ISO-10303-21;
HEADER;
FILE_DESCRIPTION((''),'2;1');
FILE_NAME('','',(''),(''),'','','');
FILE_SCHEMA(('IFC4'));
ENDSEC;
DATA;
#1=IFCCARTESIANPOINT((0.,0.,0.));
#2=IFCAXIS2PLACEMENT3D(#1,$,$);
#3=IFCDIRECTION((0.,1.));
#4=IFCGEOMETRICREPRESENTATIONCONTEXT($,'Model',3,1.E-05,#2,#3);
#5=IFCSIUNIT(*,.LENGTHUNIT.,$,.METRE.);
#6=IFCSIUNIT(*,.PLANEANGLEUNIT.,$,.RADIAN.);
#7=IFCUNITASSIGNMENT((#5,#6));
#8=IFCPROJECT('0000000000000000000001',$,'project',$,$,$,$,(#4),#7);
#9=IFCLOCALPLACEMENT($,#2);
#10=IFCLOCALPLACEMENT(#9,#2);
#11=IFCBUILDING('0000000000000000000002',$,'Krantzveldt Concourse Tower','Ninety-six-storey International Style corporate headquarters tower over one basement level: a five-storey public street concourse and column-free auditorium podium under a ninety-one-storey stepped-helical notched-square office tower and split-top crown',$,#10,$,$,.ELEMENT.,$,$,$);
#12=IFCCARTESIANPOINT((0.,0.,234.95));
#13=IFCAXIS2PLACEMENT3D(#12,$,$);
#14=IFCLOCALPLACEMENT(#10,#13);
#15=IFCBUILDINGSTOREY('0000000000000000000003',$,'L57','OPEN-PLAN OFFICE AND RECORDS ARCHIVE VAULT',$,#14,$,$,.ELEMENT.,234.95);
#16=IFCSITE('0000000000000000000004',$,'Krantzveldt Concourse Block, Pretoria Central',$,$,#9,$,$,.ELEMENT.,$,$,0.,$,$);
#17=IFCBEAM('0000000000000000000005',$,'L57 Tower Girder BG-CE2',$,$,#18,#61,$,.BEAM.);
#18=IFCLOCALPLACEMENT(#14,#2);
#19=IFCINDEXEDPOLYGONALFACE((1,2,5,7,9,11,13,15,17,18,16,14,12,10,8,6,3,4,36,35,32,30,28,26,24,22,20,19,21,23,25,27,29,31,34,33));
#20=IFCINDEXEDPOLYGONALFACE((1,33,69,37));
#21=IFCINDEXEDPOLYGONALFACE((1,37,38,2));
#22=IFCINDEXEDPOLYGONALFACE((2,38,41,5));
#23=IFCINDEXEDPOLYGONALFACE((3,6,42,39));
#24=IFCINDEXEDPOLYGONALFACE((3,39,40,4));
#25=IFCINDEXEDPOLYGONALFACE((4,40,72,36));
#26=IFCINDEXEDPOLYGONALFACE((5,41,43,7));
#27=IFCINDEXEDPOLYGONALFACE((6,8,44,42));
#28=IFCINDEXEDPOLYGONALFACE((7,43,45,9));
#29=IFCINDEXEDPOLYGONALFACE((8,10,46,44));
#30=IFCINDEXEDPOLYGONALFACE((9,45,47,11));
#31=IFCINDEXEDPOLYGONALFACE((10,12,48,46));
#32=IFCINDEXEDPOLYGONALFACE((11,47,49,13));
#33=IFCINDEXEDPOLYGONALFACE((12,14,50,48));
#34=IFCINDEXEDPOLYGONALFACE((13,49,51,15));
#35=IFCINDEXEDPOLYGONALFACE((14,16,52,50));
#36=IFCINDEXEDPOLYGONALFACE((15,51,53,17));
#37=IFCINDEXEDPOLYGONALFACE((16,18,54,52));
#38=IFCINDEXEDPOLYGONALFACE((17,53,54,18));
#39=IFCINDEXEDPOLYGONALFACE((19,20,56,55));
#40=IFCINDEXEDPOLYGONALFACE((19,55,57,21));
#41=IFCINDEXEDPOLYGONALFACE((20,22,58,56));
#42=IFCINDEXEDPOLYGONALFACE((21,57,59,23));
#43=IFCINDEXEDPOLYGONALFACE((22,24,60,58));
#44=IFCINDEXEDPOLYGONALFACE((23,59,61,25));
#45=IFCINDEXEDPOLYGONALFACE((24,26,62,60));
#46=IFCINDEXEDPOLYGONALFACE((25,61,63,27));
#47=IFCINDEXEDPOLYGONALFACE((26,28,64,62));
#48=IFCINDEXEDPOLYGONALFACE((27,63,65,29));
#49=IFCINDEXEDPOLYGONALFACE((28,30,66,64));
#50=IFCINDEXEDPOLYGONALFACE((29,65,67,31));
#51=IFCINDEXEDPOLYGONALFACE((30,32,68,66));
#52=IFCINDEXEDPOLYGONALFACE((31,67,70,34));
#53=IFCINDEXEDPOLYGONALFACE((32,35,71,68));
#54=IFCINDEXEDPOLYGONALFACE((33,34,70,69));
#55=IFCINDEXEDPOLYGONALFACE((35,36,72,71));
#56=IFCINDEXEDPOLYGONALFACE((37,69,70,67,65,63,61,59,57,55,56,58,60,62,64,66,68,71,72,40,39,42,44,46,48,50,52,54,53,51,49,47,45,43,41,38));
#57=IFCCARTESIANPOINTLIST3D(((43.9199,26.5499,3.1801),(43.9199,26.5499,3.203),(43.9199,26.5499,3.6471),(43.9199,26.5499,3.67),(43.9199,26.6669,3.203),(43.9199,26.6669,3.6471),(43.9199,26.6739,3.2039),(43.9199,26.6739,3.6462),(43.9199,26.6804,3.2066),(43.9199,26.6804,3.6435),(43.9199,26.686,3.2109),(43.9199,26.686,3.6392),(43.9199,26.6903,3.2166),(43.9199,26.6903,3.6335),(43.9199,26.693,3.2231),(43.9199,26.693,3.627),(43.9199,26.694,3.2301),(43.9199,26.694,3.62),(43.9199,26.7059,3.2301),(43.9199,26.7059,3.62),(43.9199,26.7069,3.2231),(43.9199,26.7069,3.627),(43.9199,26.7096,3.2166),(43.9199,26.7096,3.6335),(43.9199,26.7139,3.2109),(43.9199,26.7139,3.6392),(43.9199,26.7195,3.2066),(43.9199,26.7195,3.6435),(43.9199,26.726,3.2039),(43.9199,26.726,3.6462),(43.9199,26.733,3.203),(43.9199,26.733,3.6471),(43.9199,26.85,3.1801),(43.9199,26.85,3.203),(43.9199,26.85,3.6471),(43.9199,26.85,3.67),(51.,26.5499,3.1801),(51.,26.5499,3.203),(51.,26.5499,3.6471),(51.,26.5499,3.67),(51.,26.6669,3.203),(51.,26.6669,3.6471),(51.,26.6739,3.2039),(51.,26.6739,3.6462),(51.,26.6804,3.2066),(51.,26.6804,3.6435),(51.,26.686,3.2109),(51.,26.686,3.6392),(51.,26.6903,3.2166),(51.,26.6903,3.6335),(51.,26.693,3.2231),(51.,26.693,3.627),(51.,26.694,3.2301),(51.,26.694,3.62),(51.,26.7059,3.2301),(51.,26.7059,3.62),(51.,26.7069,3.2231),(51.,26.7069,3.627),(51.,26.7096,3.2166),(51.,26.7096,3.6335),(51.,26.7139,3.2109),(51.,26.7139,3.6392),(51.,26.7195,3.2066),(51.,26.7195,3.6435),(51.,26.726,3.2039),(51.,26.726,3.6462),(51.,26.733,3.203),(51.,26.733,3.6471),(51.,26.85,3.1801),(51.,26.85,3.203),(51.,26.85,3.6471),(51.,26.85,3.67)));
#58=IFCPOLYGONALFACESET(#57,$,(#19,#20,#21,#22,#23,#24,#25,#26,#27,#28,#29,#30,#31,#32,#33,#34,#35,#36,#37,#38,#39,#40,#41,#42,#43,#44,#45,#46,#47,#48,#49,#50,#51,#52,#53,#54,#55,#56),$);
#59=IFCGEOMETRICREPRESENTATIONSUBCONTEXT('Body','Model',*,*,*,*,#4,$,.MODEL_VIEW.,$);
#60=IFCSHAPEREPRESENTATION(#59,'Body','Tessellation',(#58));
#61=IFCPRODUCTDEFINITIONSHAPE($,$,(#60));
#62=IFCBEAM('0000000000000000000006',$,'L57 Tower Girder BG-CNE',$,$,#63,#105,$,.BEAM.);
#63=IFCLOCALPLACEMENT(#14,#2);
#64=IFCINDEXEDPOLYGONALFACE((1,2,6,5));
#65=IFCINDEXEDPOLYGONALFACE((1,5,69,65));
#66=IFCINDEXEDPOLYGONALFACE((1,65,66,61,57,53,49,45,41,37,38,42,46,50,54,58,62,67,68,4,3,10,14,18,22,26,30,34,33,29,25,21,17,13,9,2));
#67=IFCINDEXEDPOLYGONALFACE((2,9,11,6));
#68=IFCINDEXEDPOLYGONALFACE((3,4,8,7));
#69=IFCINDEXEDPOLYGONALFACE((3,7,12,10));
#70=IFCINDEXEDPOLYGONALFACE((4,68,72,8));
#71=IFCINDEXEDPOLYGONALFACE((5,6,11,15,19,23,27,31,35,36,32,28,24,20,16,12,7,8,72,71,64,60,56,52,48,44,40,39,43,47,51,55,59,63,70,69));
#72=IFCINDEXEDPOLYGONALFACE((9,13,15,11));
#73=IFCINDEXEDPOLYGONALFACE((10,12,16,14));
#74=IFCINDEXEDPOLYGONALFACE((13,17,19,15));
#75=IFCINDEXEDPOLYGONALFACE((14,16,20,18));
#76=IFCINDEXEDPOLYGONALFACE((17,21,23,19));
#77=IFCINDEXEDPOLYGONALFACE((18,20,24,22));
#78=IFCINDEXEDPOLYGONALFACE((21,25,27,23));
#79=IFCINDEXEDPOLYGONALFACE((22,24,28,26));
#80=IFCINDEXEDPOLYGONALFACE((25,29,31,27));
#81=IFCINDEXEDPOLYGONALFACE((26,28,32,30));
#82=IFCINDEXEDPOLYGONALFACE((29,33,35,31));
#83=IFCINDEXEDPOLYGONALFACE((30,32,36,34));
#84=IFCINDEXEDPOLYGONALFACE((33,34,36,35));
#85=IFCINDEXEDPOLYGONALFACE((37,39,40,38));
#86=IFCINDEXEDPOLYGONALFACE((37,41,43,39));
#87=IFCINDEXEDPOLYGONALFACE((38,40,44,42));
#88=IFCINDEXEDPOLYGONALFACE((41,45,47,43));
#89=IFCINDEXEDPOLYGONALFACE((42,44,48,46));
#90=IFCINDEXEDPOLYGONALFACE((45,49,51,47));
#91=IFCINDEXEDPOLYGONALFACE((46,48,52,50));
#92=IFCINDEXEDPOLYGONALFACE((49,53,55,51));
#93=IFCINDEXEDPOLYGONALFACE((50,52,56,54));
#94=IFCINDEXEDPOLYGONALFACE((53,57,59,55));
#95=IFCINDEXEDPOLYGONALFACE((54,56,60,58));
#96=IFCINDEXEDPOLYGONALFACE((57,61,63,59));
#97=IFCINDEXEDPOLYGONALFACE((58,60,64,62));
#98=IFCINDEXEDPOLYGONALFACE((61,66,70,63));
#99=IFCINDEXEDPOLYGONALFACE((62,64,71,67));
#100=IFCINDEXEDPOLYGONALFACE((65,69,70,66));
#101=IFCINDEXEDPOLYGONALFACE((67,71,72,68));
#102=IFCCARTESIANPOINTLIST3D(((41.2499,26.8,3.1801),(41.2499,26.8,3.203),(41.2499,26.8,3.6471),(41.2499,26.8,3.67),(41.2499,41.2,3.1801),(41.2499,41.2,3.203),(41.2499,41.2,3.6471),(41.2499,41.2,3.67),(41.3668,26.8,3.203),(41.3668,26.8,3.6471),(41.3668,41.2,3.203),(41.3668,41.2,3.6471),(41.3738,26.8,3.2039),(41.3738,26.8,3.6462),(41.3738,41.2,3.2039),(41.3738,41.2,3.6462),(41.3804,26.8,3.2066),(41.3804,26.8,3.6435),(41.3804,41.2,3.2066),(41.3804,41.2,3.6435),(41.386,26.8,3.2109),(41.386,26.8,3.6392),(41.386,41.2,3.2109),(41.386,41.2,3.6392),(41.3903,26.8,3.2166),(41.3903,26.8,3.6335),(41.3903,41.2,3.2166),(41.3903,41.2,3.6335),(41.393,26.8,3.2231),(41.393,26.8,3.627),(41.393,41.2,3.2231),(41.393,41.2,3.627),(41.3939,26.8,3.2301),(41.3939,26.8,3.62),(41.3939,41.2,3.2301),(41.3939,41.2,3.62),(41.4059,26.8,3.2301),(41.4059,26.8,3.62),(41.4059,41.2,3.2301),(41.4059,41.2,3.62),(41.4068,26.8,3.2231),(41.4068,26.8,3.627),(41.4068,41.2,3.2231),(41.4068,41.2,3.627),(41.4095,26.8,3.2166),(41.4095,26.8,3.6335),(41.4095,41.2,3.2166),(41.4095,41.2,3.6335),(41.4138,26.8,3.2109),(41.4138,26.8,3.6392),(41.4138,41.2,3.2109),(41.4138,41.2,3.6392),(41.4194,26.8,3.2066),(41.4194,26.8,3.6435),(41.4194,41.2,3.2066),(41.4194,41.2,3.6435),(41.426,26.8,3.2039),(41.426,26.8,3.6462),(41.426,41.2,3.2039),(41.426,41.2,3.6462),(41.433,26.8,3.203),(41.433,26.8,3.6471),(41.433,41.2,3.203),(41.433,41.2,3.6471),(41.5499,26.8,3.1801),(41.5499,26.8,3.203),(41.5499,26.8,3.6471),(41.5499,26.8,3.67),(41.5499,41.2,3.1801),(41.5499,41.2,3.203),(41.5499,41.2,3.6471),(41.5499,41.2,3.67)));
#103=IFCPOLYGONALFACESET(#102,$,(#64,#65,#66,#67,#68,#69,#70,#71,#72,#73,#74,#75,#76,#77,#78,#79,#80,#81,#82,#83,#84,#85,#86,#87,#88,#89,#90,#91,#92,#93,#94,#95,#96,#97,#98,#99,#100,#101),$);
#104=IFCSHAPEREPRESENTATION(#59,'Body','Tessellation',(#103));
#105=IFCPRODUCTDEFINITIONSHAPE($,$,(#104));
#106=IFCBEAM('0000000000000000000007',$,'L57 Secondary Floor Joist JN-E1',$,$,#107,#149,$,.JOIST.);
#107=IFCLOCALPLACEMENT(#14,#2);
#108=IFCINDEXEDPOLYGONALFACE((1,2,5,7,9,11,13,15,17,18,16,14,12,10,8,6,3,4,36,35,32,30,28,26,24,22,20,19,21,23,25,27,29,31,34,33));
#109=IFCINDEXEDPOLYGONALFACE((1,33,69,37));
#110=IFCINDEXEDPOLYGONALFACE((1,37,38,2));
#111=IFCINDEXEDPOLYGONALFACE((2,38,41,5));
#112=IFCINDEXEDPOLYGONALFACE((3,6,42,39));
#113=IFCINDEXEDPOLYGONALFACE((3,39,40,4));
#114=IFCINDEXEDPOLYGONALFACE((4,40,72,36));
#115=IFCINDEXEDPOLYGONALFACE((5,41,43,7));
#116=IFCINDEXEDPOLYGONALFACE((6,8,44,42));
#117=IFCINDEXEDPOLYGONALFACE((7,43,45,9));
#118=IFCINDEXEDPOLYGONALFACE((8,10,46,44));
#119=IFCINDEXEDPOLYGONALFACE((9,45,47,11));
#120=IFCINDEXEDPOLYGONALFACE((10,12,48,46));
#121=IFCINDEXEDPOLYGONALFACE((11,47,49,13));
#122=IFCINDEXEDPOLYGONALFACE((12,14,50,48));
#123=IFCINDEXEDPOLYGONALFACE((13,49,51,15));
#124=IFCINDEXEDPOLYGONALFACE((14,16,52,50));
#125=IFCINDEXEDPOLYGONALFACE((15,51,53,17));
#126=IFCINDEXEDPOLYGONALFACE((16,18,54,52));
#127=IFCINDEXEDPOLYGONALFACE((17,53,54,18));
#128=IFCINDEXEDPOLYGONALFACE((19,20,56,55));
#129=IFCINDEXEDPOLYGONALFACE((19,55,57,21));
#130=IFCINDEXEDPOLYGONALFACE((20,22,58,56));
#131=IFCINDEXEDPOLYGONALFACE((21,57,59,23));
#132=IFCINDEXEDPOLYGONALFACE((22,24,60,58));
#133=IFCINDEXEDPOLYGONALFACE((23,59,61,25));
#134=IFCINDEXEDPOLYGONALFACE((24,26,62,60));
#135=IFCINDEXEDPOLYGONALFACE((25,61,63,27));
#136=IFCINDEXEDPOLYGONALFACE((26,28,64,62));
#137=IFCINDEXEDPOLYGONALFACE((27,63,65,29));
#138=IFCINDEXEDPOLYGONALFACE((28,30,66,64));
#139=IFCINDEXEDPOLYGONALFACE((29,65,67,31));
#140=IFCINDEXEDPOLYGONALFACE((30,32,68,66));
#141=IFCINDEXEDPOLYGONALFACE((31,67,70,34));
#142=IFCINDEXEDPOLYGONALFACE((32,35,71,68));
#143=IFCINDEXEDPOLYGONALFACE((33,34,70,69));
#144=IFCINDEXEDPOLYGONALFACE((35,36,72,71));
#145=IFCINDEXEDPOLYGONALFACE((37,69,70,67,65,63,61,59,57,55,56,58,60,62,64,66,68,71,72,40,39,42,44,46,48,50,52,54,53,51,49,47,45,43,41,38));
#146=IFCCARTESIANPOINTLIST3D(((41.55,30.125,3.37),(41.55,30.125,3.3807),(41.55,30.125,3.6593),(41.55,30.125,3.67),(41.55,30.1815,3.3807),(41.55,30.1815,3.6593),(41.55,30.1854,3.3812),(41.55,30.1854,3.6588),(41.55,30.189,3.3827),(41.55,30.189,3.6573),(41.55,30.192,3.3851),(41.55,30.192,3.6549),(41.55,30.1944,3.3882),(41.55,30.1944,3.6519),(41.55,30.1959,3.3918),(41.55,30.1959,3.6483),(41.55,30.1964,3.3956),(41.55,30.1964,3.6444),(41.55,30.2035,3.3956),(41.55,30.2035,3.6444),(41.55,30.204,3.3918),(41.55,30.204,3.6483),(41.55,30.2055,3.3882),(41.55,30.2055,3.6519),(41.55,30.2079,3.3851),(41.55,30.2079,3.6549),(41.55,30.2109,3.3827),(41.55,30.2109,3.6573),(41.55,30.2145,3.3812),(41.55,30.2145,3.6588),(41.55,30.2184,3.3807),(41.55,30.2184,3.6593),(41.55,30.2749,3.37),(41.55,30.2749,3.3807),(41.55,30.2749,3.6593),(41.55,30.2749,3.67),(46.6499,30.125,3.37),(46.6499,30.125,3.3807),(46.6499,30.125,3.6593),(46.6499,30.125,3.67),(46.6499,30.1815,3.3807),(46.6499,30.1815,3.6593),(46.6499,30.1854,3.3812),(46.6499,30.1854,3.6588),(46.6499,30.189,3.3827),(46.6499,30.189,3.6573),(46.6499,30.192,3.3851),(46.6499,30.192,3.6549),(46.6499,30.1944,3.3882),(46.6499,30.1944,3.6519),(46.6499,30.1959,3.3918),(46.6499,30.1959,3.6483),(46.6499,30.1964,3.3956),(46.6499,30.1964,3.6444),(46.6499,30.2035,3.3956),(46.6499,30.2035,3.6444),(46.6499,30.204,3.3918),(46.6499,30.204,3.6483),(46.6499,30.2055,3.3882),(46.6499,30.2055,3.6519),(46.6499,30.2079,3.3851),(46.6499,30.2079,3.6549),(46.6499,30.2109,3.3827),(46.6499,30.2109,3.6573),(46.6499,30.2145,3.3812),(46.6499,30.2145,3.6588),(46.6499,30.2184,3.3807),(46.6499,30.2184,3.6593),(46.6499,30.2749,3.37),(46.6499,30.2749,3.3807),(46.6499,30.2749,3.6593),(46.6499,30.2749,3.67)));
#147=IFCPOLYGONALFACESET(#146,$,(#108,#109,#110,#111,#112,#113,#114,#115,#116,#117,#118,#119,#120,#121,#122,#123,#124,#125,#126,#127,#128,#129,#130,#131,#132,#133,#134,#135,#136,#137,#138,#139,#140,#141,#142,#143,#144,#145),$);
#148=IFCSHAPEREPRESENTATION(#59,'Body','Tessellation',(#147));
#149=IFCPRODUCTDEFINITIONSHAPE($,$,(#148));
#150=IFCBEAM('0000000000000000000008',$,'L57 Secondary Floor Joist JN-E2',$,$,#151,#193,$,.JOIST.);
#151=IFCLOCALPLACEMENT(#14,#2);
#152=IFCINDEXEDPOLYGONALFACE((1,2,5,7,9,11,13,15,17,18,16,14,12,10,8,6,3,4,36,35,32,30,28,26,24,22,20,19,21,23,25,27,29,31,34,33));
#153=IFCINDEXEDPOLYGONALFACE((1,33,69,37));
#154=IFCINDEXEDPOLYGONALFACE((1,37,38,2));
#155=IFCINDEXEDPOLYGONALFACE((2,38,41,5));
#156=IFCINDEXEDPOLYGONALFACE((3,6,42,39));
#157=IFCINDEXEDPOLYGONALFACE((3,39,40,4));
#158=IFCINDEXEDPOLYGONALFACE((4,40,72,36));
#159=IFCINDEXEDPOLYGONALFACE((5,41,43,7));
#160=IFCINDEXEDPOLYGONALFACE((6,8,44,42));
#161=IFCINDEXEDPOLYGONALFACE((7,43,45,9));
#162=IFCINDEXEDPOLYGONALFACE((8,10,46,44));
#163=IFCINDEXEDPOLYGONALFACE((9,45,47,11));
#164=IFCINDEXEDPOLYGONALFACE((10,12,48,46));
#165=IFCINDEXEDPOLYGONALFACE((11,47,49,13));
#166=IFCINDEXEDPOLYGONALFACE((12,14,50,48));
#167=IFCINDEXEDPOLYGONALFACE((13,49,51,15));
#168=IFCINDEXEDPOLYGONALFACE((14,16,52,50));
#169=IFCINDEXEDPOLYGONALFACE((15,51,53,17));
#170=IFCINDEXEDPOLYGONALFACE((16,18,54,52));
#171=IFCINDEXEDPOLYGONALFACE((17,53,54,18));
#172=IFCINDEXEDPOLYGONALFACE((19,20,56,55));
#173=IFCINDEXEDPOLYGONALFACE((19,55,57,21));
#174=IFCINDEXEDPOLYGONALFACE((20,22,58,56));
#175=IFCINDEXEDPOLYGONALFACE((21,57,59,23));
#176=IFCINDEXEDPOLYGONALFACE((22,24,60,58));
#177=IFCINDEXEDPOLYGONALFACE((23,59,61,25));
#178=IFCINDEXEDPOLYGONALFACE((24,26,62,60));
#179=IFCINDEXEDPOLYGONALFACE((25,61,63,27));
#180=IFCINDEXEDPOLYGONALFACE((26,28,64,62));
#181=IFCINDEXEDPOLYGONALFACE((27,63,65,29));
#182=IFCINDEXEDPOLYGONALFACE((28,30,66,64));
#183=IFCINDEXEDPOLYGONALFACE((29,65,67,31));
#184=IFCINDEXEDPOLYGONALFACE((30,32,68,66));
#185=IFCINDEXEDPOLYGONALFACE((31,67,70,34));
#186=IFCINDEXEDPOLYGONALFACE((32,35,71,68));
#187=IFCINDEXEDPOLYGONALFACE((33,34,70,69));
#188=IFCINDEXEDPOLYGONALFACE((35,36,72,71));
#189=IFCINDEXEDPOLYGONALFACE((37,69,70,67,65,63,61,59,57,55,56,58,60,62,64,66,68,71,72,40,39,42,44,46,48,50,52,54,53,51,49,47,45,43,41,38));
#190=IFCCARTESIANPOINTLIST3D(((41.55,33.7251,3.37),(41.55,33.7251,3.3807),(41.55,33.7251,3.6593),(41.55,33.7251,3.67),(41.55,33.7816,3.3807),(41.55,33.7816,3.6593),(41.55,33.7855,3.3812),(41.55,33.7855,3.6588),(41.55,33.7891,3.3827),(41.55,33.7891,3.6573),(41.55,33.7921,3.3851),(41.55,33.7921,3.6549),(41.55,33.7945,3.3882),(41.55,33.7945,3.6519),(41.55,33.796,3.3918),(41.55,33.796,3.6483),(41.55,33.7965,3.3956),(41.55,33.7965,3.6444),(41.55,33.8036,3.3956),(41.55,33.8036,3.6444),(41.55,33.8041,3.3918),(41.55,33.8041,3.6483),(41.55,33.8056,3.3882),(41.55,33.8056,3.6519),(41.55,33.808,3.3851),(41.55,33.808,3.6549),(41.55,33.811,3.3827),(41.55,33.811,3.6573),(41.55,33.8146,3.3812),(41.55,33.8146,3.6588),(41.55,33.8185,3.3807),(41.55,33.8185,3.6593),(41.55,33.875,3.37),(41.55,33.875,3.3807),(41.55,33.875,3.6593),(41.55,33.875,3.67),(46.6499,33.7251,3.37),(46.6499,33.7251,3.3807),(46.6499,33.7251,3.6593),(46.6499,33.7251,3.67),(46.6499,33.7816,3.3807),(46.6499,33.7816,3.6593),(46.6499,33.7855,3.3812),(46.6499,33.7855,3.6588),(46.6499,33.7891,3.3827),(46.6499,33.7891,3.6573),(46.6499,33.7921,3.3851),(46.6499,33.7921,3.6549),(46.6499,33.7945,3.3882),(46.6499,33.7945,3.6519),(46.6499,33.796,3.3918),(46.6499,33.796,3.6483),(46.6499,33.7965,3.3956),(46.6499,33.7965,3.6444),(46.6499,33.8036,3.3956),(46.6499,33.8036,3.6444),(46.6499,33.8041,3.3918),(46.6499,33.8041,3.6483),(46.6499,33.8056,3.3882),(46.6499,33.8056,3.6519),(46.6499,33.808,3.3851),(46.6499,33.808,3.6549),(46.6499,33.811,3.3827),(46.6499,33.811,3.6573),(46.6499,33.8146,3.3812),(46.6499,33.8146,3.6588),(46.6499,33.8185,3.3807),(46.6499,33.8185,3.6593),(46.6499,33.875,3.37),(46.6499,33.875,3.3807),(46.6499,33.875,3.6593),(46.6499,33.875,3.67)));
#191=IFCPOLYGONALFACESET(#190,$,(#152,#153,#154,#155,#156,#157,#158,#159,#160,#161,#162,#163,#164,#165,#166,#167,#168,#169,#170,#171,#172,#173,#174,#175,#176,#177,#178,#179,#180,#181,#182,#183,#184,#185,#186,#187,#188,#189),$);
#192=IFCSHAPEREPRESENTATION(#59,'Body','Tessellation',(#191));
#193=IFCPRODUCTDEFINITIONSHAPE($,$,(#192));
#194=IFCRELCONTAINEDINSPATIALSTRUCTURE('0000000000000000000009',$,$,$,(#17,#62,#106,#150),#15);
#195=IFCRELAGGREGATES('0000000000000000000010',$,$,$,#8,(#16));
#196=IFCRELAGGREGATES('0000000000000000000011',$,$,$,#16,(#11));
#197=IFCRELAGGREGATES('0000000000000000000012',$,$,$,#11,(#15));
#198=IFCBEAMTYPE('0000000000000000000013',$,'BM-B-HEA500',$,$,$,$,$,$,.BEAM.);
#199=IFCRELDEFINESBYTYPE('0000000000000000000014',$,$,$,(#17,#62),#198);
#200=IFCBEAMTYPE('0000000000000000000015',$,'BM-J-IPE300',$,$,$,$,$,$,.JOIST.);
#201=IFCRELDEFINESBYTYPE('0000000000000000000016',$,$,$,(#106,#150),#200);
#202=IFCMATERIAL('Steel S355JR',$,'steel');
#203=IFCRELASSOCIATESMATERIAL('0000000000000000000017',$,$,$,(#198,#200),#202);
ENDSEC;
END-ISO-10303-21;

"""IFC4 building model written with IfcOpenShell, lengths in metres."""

from ifc_helpers import new_model, si_unit, direction, frame, origin, origin_2d, place, context, subcontext, project, spatial, i_section, extrude, source, transform, mapped, material, material_profile, profile_set, type_object, type_shapes, element, save


model = new_model("IFC4")

# Units and contexts
model_context = context("Model", 3, precision=1e-05, world=origin(), true_north=direction((0.0, 1.0)))
body_context = subcontext(model_context, "Body", "Model", "MODEL_VIEW")
ifc_project = project(units=[si_unit("LENGTHUNIT", "METRE"), si_unit("PLANEANGLEUNIT", "RADIAN")], contexts=[model_context])

# Site, building, storey
site_placement = place(None, origin())
site = spatial("IfcSite", under=ifc_project, at=site_placement, Name="Krantzveldt Concourse Block, Pretoria Central", CompositionType="ELEMENT", RefElevation=0.0)
building_placement = place(site_placement, origin())
building = spatial("IfcBuilding", under=site, at=building_placement, Name="Krantzveldt Concourse Tower", Description="Ninety-six-storey International Style corporate headquarters tower over one basement level: a five-storey public street concourse and column-free auditorium podium under a ninety-one-storey stepped-helical notched-square office tower and split-top crown", CompositionType="ELEMENT")
storey_placement = place(building_placement, frame((0.0, 0.0, 234.95)))
storey = spatial("IfcBuildingStorey", under=building, at=storey_placement, Name="L57", Description="OPEN-PLAN OFFICE AND RECORDS ARCHIVE VAULT", CompositionType="ELEMENT", Elevation=234.95)

# Beams
ifc_material_1 = material(Name="Steel S355JR", Category="steel")
ifc_material_profile_1 = material_profile(ifc_material_1, i_section(OverallWidth=0.3, OverallDepth=0.49, WebThickness=0.012, FlangeThickness=0.0229, FilletRadius=0.0271, at=origin_2d()), Name="Steel S355JR", Category="steel")
ifc_profile_set_1 = profile_set([ifc_material_profile_1], Name="Steel S355JR - HEA 500")
beam_type_1 = type_object("IfcBeamType", Name="BM-B-HEA500", PredefinedType="BEAM", material=ifc_profile_set_1)
shared_shape_1 = source(origin(), body_context, "Body", "SweptSolid", [
    extrude(i_section(OverallWidth=0.3, OverallDepth=0.49, WebThickness=0.012, FlangeThickness=0.0229, FilletRadius=0.0271, at=origin_2d()), origin(), (0.0, 0.0, 1.0), 7.0801),
])
beam_1_placement = place(storey_placement, frame((43.9199, 26.7, 3.425), z_axis=(1.0, 0.0, 0.0), x_axis=(0.0, 1.0, 0.0)))
element("IfcBeam", 1, at=beam_1_placement, inside=storey, type_object=beam_type_1, Name="L57 Tower Girder BG-CE2", PredefinedType="BEAM", context=body_context, shape_type="MappedRepresentation", body=[
    mapped(shared_shape_1, transform((0.0, 0.0, 0.0), x_axis=(1.0, 0.0, 0.0), y_axis=(0.0, 1.0, 0.0), z_axis=(0.0, 0.0, 1.0), scale=1.0)),
])
shared_shape_2 = source(origin(), body_context, "Body", "SweptSolid", [
    extrude(i_section(OverallWidth=0.3, OverallDepth=0.49, WebThickness=0.012, FlangeThickness=0.0229, FilletRadius=0.0271, at=origin_2d()), origin(), (0.0, 0.0, 1.0), 14.3999),
])
type_shapes(beam_type_1, [shared_shape_1, shared_shape_2])
beam_2_placement = place(storey_placement, frame((41.3999, 26.8, 3.425), z_axis=(0.0, 1.0, 0.0), x_axis=(-1.0, 0.0, 0.0)))
element("IfcBeam", 2, at=beam_2_placement, inside=storey, type_object=beam_type_1, Name="L57 Tower Girder BG-CNE", PredefinedType="BEAM", context=body_context, shape_type="MappedRepresentation", body=[
    mapped(shared_shape_2, transform((0.0, 0.0, 0.0), x_axis=(1.0, 0.0, 0.0), y_axis=(0.0, 1.0, 0.0), z_axis=(0.0, 0.0, 1.0), scale=1.0)),
])
ifc_material_profile_2 = material_profile(ifc_material_1, i_section(OverallWidth=0.1499, OverallDepth=0.3, WebThickness=0.0071, FlangeThickness=0.0107, FilletRadius=0.0149, at=origin_2d()), Name="Steel S355JR", Category="steel")
ifc_profile_set_2 = profile_set([ifc_material_profile_2], Name="Steel S355JR - IPE 300")
beam_type_2 = type_object("IfcBeamType", Name="BM-J-IPE300", PredefinedType="JOIST", material=ifc_profile_set_2)
shared_shape_3 = source(origin(), body_context, "Body", "SweptSolid", [
    extrude(i_section(OverallWidth=0.1499, OverallDepth=0.3, WebThickness=0.0071, FlangeThickness=0.0107, FilletRadius=0.0149, at=origin_2d()), origin(), (0.0, 0.0, 1.0), 5.0999),
])
type_shapes(beam_type_2, [shared_shape_3])
for number, where, z_axis, x_axis, name in (
    (3, (41.55, 30.2, 3.52), (1.0, 0.0, 0.0), (0.0, 1.0, 0.0), "L57 Secondary Floor Joist JN-E1"),
    (4, (41.55, 33.8, 3.52), (1.0, 0.0, 0.0), (0.0, 1.0, 0.0), "L57 Secondary Floor Joist JN-E2"),
):
    element("IfcBeam", number, at=place(storey_placement, frame(where, z_axis=z_axis, x_axis=x_axis)), inside=storey, type_object=beam_type_2, Name=name, PredefinedType="JOIST", context=body_context, shape_type="MappedRepresentation", body=[
        mapped(shared_shape_3, transform((0.0, 0.0, 0.0), x_axis=(1.0, 0.0, 0.0), y_axis=(0.0, 1.0, 0.0), z_axis=(0.0, 0.0, 1.0), scale=1.0)),
    ])

save(model, "model.ifc")
